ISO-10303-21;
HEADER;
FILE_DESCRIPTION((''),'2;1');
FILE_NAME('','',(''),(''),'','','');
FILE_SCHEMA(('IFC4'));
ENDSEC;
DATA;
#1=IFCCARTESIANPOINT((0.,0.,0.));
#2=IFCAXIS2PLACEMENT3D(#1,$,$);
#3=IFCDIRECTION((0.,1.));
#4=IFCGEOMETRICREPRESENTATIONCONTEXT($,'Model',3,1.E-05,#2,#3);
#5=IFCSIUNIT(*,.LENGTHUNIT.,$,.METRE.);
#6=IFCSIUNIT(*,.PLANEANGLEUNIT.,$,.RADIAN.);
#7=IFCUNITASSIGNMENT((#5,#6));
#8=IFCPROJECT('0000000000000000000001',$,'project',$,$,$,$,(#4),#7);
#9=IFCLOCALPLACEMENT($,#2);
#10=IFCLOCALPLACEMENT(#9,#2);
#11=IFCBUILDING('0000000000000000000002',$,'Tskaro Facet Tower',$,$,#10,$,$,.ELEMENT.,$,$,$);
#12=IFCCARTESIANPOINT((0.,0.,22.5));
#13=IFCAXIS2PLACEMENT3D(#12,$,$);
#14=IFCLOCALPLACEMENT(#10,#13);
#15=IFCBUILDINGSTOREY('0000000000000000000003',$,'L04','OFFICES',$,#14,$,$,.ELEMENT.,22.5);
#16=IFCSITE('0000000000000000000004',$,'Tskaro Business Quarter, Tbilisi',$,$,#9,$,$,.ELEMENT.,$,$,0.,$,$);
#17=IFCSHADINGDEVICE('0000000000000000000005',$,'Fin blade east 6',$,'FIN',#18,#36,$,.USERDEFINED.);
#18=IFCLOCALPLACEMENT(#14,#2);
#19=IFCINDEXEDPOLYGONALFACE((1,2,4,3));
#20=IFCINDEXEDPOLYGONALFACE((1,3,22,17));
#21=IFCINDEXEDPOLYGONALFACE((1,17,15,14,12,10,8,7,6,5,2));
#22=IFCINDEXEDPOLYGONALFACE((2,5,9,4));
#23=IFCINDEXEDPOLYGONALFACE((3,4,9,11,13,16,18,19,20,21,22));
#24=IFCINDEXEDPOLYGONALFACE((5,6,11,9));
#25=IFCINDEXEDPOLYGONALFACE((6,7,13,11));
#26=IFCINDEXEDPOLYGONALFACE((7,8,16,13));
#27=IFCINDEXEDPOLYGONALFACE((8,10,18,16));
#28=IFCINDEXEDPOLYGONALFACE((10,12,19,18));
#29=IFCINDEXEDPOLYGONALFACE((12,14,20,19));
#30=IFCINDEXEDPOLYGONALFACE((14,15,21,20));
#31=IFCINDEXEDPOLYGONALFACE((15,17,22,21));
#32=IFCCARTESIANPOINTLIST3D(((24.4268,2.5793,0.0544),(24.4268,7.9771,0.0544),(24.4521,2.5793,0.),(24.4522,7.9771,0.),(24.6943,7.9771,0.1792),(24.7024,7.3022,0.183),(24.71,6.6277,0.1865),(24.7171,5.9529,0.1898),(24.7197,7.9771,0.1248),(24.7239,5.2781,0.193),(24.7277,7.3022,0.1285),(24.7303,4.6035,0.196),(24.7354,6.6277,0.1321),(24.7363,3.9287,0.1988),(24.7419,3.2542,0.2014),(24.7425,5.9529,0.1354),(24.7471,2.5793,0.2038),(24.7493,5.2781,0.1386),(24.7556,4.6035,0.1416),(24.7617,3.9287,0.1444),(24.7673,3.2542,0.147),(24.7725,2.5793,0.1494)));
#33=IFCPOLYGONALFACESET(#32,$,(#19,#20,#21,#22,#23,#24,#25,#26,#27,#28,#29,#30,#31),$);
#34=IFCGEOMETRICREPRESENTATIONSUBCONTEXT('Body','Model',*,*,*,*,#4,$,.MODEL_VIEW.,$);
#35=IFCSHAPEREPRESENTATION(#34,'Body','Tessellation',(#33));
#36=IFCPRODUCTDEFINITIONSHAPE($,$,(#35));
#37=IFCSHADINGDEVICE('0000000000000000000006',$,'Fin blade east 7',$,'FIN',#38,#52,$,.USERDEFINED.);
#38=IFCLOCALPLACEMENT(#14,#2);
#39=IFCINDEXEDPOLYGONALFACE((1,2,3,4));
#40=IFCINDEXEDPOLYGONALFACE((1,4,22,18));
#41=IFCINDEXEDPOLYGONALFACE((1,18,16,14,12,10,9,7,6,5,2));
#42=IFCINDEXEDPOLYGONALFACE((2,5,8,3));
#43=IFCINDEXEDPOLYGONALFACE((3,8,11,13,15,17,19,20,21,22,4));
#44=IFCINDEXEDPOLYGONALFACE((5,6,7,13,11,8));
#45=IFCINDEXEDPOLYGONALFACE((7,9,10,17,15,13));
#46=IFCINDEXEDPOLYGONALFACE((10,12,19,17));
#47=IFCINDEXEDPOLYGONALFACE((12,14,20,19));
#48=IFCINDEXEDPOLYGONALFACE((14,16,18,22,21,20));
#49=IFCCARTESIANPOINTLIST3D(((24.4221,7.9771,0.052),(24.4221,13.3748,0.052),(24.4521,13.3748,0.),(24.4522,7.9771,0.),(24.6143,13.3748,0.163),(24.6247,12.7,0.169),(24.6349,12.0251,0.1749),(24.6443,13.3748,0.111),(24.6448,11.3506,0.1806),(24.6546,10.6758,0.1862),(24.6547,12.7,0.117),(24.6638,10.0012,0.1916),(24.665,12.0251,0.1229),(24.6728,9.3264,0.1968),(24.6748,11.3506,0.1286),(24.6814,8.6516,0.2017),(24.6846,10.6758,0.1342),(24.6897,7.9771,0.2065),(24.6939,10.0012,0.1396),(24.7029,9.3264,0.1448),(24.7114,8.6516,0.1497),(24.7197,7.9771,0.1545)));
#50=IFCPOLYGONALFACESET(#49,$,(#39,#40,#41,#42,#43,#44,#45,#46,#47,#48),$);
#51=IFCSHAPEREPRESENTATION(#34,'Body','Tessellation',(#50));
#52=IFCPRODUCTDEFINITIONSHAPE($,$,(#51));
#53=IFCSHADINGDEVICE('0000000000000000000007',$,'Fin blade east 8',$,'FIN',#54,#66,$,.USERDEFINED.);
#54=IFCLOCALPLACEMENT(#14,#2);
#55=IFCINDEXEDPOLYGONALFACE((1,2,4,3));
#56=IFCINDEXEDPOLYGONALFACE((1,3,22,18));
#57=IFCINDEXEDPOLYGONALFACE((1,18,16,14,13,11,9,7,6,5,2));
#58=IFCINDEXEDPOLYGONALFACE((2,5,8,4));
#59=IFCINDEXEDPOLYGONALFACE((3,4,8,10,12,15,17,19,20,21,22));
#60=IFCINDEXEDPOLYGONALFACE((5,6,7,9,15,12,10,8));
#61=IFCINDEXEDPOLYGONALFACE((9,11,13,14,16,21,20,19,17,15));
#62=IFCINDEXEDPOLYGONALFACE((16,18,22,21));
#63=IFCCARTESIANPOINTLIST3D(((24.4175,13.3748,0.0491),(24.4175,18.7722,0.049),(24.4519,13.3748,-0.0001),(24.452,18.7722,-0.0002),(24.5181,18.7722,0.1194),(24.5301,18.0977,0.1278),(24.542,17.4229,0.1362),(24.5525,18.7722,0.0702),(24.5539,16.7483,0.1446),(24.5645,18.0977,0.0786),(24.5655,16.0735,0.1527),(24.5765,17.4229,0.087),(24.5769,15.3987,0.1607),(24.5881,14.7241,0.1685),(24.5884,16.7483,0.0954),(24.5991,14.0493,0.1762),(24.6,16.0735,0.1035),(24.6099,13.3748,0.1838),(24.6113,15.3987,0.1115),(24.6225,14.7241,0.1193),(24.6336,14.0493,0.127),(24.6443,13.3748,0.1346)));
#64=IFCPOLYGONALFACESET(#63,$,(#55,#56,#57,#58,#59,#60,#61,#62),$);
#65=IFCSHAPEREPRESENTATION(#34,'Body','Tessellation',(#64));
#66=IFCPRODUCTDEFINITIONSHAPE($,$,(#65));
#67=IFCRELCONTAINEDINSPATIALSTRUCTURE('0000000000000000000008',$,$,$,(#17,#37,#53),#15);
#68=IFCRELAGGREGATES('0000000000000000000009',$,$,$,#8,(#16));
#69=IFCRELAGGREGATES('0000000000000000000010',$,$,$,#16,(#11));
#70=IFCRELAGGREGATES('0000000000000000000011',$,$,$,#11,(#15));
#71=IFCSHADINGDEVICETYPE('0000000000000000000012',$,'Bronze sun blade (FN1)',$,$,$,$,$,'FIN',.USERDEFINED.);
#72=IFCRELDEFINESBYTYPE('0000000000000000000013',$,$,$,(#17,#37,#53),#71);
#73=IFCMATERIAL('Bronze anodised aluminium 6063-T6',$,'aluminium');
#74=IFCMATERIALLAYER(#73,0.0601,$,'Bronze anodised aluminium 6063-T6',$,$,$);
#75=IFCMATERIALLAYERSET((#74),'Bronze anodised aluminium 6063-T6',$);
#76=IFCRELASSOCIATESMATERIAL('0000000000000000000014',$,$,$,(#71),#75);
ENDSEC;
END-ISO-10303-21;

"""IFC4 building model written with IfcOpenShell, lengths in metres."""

from ifc_helpers import new_model, si_unit, direction, frame, origin, place, context, subcontext, project, spatial, polyline, outline, extrude, material, layer, layer_set, type_object, element, save


model = new_model("IFC4")

# Units and contexts
model_context = context("Model", 3, precision=1e-05, world=origin(), true_north=direction((0.0, 1.0)))
body_context = subcontext(model_context, "Body", "Model", "MODEL_VIEW")
ifc_project = project(units=[si_unit("LENGTHUNIT", "METRE"), si_unit("PLANEANGLEUNIT", "RADIAN")], contexts=[model_context])

# Site, building, storey
site_placement = place(None, origin())
site = spatial("IfcSite", under=ifc_project, at=site_placement, Name="Tskaro Business Quarter, Tbilisi", CompositionType="ELEMENT", RefElevation=0.0)
building_placement = place(site_placement, origin())
building = spatial("IfcBuilding", under=site, at=building_placement, Name="Tskaro Facet Tower", CompositionType="ELEMENT")
storey_placement = place(building_placement, frame((0.0, 0.0, 22.5)))
storey = spatial("IfcBuildingStorey", under=building, at=storey_placement, Name="L04", Description="OFFICES", CompositionType="ELEMENT", Elevation=22.5)

# Shared definitions
ifc_material_1 = material(Name="Bronze anodised aluminium 6063-T6", Category="aluminium")

# Shading devices
ifc_layer_1 = layer(ifc_material_1, 0.0601, Name="Bronze anodised aluminium 6063-T6")
ifc_layer_set_1 = layer_set([ifc_layer_1], Name="Bronze anodised aluminium 6063-T6")
shading_device_type = type_object("IfcShadingDeviceType", Name="Bronze sun blade (FN1)", ElementType="FIN", PredefinedType="USERDEFINED", material=ifc_layer_set_1)
shading_device_1_placement = place(storey_placement, frame((24.4268, 2.5793, 0.0544), z_axis=(-0.422683, 0.000005, 0.906277), x_axis=(0.000002, 1.0, -0.000005)))
element("IfcShadingDevice", 1, at=shading_device_1_placement, inside=storey, type_object=shading_device_type, Name="Fin blade east 6", ObjectType="FIN", PredefinedType="USERDEFINED", context=body_context, shape_type="SweptSolid", body=[
    extrude(outline(polyline([(0.0, 0.0), (5.3977, 0.0), (5.3977, -0.2952), (4.7229, -0.3041), (4.0483, -0.3125), (3.3735, -0.3203), (2.6987, -0.3279), (2.0242, -0.3349), (1.3494, -0.3415), (0.6748, -0.3478), (0.0, -0.3534), (0.0, 0.0)])), origin(), (0.0, 0.0, -1.0), 0.0601),
])
shading_device_2_placement = place(storey_placement, frame((24.4221, 7.9771, 0.052), z_axis=(-0.50008, -0.000007, 0.865979), x_axis=(-0.000003, 1.0, 0.000006)))
element("IfcShadingDevice", 2, at=shading_device_2_placement, inside=storey, type_object=shading_device_type, Name="Fin blade east 7", ObjectType="FIN", PredefinedType="USERDEFINED", context=body_context, shape_type="SweptSolid", body=[
    extrude(outline(polyline([(0.0, 0.0), (5.3977, 0.0), (5.3977, -0.2219), (4.7229, -0.234), (4.0481, -0.2458), (3.3735, -0.2572), (2.6987, -0.2684), (2.0242, -0.2791), (1.3494, -0.2895), (0.6746, -0.2994), (0.0, -0.309), (0.0, 0.0)])), origin(), (0.0, 0.0, -1.0), 0.0601),
])
shading_device_3_placement = place(storey_placement, frame((24.4175, 13.3748, 0.0491), z_axis=(-0.573531, 0.000013, 0.819184), x_axis=(0.000007, 1.0, -0.000011)))
element("IfcShadingDevice", 3, at=shading_device_3_placement, inside=storey, type_object=shading_device_type, Name="Fin blade east 8", ObjectType="FIN", PredefinedType="USERDEFINED", context=body_context, shape_type="SweptSolid", body=[
    extrude(outline(polyline([(0.0, 0.0), (5.3975, 0.0), (5.3975, -0.1227), (4.7229, -0.1374), (4.0481, -0.152), (3.3735, -0.1665), (2.6987, -0.1807), (2.0239, -0.1946), (1.3494, -0.2083), (0.6746, -0.2217), (0.0, -0.2349), (0.0, 0.0)])), origin(), (0.0, 0.0, -1.0), 0.0601),
])

save(model, "model.ifc")
